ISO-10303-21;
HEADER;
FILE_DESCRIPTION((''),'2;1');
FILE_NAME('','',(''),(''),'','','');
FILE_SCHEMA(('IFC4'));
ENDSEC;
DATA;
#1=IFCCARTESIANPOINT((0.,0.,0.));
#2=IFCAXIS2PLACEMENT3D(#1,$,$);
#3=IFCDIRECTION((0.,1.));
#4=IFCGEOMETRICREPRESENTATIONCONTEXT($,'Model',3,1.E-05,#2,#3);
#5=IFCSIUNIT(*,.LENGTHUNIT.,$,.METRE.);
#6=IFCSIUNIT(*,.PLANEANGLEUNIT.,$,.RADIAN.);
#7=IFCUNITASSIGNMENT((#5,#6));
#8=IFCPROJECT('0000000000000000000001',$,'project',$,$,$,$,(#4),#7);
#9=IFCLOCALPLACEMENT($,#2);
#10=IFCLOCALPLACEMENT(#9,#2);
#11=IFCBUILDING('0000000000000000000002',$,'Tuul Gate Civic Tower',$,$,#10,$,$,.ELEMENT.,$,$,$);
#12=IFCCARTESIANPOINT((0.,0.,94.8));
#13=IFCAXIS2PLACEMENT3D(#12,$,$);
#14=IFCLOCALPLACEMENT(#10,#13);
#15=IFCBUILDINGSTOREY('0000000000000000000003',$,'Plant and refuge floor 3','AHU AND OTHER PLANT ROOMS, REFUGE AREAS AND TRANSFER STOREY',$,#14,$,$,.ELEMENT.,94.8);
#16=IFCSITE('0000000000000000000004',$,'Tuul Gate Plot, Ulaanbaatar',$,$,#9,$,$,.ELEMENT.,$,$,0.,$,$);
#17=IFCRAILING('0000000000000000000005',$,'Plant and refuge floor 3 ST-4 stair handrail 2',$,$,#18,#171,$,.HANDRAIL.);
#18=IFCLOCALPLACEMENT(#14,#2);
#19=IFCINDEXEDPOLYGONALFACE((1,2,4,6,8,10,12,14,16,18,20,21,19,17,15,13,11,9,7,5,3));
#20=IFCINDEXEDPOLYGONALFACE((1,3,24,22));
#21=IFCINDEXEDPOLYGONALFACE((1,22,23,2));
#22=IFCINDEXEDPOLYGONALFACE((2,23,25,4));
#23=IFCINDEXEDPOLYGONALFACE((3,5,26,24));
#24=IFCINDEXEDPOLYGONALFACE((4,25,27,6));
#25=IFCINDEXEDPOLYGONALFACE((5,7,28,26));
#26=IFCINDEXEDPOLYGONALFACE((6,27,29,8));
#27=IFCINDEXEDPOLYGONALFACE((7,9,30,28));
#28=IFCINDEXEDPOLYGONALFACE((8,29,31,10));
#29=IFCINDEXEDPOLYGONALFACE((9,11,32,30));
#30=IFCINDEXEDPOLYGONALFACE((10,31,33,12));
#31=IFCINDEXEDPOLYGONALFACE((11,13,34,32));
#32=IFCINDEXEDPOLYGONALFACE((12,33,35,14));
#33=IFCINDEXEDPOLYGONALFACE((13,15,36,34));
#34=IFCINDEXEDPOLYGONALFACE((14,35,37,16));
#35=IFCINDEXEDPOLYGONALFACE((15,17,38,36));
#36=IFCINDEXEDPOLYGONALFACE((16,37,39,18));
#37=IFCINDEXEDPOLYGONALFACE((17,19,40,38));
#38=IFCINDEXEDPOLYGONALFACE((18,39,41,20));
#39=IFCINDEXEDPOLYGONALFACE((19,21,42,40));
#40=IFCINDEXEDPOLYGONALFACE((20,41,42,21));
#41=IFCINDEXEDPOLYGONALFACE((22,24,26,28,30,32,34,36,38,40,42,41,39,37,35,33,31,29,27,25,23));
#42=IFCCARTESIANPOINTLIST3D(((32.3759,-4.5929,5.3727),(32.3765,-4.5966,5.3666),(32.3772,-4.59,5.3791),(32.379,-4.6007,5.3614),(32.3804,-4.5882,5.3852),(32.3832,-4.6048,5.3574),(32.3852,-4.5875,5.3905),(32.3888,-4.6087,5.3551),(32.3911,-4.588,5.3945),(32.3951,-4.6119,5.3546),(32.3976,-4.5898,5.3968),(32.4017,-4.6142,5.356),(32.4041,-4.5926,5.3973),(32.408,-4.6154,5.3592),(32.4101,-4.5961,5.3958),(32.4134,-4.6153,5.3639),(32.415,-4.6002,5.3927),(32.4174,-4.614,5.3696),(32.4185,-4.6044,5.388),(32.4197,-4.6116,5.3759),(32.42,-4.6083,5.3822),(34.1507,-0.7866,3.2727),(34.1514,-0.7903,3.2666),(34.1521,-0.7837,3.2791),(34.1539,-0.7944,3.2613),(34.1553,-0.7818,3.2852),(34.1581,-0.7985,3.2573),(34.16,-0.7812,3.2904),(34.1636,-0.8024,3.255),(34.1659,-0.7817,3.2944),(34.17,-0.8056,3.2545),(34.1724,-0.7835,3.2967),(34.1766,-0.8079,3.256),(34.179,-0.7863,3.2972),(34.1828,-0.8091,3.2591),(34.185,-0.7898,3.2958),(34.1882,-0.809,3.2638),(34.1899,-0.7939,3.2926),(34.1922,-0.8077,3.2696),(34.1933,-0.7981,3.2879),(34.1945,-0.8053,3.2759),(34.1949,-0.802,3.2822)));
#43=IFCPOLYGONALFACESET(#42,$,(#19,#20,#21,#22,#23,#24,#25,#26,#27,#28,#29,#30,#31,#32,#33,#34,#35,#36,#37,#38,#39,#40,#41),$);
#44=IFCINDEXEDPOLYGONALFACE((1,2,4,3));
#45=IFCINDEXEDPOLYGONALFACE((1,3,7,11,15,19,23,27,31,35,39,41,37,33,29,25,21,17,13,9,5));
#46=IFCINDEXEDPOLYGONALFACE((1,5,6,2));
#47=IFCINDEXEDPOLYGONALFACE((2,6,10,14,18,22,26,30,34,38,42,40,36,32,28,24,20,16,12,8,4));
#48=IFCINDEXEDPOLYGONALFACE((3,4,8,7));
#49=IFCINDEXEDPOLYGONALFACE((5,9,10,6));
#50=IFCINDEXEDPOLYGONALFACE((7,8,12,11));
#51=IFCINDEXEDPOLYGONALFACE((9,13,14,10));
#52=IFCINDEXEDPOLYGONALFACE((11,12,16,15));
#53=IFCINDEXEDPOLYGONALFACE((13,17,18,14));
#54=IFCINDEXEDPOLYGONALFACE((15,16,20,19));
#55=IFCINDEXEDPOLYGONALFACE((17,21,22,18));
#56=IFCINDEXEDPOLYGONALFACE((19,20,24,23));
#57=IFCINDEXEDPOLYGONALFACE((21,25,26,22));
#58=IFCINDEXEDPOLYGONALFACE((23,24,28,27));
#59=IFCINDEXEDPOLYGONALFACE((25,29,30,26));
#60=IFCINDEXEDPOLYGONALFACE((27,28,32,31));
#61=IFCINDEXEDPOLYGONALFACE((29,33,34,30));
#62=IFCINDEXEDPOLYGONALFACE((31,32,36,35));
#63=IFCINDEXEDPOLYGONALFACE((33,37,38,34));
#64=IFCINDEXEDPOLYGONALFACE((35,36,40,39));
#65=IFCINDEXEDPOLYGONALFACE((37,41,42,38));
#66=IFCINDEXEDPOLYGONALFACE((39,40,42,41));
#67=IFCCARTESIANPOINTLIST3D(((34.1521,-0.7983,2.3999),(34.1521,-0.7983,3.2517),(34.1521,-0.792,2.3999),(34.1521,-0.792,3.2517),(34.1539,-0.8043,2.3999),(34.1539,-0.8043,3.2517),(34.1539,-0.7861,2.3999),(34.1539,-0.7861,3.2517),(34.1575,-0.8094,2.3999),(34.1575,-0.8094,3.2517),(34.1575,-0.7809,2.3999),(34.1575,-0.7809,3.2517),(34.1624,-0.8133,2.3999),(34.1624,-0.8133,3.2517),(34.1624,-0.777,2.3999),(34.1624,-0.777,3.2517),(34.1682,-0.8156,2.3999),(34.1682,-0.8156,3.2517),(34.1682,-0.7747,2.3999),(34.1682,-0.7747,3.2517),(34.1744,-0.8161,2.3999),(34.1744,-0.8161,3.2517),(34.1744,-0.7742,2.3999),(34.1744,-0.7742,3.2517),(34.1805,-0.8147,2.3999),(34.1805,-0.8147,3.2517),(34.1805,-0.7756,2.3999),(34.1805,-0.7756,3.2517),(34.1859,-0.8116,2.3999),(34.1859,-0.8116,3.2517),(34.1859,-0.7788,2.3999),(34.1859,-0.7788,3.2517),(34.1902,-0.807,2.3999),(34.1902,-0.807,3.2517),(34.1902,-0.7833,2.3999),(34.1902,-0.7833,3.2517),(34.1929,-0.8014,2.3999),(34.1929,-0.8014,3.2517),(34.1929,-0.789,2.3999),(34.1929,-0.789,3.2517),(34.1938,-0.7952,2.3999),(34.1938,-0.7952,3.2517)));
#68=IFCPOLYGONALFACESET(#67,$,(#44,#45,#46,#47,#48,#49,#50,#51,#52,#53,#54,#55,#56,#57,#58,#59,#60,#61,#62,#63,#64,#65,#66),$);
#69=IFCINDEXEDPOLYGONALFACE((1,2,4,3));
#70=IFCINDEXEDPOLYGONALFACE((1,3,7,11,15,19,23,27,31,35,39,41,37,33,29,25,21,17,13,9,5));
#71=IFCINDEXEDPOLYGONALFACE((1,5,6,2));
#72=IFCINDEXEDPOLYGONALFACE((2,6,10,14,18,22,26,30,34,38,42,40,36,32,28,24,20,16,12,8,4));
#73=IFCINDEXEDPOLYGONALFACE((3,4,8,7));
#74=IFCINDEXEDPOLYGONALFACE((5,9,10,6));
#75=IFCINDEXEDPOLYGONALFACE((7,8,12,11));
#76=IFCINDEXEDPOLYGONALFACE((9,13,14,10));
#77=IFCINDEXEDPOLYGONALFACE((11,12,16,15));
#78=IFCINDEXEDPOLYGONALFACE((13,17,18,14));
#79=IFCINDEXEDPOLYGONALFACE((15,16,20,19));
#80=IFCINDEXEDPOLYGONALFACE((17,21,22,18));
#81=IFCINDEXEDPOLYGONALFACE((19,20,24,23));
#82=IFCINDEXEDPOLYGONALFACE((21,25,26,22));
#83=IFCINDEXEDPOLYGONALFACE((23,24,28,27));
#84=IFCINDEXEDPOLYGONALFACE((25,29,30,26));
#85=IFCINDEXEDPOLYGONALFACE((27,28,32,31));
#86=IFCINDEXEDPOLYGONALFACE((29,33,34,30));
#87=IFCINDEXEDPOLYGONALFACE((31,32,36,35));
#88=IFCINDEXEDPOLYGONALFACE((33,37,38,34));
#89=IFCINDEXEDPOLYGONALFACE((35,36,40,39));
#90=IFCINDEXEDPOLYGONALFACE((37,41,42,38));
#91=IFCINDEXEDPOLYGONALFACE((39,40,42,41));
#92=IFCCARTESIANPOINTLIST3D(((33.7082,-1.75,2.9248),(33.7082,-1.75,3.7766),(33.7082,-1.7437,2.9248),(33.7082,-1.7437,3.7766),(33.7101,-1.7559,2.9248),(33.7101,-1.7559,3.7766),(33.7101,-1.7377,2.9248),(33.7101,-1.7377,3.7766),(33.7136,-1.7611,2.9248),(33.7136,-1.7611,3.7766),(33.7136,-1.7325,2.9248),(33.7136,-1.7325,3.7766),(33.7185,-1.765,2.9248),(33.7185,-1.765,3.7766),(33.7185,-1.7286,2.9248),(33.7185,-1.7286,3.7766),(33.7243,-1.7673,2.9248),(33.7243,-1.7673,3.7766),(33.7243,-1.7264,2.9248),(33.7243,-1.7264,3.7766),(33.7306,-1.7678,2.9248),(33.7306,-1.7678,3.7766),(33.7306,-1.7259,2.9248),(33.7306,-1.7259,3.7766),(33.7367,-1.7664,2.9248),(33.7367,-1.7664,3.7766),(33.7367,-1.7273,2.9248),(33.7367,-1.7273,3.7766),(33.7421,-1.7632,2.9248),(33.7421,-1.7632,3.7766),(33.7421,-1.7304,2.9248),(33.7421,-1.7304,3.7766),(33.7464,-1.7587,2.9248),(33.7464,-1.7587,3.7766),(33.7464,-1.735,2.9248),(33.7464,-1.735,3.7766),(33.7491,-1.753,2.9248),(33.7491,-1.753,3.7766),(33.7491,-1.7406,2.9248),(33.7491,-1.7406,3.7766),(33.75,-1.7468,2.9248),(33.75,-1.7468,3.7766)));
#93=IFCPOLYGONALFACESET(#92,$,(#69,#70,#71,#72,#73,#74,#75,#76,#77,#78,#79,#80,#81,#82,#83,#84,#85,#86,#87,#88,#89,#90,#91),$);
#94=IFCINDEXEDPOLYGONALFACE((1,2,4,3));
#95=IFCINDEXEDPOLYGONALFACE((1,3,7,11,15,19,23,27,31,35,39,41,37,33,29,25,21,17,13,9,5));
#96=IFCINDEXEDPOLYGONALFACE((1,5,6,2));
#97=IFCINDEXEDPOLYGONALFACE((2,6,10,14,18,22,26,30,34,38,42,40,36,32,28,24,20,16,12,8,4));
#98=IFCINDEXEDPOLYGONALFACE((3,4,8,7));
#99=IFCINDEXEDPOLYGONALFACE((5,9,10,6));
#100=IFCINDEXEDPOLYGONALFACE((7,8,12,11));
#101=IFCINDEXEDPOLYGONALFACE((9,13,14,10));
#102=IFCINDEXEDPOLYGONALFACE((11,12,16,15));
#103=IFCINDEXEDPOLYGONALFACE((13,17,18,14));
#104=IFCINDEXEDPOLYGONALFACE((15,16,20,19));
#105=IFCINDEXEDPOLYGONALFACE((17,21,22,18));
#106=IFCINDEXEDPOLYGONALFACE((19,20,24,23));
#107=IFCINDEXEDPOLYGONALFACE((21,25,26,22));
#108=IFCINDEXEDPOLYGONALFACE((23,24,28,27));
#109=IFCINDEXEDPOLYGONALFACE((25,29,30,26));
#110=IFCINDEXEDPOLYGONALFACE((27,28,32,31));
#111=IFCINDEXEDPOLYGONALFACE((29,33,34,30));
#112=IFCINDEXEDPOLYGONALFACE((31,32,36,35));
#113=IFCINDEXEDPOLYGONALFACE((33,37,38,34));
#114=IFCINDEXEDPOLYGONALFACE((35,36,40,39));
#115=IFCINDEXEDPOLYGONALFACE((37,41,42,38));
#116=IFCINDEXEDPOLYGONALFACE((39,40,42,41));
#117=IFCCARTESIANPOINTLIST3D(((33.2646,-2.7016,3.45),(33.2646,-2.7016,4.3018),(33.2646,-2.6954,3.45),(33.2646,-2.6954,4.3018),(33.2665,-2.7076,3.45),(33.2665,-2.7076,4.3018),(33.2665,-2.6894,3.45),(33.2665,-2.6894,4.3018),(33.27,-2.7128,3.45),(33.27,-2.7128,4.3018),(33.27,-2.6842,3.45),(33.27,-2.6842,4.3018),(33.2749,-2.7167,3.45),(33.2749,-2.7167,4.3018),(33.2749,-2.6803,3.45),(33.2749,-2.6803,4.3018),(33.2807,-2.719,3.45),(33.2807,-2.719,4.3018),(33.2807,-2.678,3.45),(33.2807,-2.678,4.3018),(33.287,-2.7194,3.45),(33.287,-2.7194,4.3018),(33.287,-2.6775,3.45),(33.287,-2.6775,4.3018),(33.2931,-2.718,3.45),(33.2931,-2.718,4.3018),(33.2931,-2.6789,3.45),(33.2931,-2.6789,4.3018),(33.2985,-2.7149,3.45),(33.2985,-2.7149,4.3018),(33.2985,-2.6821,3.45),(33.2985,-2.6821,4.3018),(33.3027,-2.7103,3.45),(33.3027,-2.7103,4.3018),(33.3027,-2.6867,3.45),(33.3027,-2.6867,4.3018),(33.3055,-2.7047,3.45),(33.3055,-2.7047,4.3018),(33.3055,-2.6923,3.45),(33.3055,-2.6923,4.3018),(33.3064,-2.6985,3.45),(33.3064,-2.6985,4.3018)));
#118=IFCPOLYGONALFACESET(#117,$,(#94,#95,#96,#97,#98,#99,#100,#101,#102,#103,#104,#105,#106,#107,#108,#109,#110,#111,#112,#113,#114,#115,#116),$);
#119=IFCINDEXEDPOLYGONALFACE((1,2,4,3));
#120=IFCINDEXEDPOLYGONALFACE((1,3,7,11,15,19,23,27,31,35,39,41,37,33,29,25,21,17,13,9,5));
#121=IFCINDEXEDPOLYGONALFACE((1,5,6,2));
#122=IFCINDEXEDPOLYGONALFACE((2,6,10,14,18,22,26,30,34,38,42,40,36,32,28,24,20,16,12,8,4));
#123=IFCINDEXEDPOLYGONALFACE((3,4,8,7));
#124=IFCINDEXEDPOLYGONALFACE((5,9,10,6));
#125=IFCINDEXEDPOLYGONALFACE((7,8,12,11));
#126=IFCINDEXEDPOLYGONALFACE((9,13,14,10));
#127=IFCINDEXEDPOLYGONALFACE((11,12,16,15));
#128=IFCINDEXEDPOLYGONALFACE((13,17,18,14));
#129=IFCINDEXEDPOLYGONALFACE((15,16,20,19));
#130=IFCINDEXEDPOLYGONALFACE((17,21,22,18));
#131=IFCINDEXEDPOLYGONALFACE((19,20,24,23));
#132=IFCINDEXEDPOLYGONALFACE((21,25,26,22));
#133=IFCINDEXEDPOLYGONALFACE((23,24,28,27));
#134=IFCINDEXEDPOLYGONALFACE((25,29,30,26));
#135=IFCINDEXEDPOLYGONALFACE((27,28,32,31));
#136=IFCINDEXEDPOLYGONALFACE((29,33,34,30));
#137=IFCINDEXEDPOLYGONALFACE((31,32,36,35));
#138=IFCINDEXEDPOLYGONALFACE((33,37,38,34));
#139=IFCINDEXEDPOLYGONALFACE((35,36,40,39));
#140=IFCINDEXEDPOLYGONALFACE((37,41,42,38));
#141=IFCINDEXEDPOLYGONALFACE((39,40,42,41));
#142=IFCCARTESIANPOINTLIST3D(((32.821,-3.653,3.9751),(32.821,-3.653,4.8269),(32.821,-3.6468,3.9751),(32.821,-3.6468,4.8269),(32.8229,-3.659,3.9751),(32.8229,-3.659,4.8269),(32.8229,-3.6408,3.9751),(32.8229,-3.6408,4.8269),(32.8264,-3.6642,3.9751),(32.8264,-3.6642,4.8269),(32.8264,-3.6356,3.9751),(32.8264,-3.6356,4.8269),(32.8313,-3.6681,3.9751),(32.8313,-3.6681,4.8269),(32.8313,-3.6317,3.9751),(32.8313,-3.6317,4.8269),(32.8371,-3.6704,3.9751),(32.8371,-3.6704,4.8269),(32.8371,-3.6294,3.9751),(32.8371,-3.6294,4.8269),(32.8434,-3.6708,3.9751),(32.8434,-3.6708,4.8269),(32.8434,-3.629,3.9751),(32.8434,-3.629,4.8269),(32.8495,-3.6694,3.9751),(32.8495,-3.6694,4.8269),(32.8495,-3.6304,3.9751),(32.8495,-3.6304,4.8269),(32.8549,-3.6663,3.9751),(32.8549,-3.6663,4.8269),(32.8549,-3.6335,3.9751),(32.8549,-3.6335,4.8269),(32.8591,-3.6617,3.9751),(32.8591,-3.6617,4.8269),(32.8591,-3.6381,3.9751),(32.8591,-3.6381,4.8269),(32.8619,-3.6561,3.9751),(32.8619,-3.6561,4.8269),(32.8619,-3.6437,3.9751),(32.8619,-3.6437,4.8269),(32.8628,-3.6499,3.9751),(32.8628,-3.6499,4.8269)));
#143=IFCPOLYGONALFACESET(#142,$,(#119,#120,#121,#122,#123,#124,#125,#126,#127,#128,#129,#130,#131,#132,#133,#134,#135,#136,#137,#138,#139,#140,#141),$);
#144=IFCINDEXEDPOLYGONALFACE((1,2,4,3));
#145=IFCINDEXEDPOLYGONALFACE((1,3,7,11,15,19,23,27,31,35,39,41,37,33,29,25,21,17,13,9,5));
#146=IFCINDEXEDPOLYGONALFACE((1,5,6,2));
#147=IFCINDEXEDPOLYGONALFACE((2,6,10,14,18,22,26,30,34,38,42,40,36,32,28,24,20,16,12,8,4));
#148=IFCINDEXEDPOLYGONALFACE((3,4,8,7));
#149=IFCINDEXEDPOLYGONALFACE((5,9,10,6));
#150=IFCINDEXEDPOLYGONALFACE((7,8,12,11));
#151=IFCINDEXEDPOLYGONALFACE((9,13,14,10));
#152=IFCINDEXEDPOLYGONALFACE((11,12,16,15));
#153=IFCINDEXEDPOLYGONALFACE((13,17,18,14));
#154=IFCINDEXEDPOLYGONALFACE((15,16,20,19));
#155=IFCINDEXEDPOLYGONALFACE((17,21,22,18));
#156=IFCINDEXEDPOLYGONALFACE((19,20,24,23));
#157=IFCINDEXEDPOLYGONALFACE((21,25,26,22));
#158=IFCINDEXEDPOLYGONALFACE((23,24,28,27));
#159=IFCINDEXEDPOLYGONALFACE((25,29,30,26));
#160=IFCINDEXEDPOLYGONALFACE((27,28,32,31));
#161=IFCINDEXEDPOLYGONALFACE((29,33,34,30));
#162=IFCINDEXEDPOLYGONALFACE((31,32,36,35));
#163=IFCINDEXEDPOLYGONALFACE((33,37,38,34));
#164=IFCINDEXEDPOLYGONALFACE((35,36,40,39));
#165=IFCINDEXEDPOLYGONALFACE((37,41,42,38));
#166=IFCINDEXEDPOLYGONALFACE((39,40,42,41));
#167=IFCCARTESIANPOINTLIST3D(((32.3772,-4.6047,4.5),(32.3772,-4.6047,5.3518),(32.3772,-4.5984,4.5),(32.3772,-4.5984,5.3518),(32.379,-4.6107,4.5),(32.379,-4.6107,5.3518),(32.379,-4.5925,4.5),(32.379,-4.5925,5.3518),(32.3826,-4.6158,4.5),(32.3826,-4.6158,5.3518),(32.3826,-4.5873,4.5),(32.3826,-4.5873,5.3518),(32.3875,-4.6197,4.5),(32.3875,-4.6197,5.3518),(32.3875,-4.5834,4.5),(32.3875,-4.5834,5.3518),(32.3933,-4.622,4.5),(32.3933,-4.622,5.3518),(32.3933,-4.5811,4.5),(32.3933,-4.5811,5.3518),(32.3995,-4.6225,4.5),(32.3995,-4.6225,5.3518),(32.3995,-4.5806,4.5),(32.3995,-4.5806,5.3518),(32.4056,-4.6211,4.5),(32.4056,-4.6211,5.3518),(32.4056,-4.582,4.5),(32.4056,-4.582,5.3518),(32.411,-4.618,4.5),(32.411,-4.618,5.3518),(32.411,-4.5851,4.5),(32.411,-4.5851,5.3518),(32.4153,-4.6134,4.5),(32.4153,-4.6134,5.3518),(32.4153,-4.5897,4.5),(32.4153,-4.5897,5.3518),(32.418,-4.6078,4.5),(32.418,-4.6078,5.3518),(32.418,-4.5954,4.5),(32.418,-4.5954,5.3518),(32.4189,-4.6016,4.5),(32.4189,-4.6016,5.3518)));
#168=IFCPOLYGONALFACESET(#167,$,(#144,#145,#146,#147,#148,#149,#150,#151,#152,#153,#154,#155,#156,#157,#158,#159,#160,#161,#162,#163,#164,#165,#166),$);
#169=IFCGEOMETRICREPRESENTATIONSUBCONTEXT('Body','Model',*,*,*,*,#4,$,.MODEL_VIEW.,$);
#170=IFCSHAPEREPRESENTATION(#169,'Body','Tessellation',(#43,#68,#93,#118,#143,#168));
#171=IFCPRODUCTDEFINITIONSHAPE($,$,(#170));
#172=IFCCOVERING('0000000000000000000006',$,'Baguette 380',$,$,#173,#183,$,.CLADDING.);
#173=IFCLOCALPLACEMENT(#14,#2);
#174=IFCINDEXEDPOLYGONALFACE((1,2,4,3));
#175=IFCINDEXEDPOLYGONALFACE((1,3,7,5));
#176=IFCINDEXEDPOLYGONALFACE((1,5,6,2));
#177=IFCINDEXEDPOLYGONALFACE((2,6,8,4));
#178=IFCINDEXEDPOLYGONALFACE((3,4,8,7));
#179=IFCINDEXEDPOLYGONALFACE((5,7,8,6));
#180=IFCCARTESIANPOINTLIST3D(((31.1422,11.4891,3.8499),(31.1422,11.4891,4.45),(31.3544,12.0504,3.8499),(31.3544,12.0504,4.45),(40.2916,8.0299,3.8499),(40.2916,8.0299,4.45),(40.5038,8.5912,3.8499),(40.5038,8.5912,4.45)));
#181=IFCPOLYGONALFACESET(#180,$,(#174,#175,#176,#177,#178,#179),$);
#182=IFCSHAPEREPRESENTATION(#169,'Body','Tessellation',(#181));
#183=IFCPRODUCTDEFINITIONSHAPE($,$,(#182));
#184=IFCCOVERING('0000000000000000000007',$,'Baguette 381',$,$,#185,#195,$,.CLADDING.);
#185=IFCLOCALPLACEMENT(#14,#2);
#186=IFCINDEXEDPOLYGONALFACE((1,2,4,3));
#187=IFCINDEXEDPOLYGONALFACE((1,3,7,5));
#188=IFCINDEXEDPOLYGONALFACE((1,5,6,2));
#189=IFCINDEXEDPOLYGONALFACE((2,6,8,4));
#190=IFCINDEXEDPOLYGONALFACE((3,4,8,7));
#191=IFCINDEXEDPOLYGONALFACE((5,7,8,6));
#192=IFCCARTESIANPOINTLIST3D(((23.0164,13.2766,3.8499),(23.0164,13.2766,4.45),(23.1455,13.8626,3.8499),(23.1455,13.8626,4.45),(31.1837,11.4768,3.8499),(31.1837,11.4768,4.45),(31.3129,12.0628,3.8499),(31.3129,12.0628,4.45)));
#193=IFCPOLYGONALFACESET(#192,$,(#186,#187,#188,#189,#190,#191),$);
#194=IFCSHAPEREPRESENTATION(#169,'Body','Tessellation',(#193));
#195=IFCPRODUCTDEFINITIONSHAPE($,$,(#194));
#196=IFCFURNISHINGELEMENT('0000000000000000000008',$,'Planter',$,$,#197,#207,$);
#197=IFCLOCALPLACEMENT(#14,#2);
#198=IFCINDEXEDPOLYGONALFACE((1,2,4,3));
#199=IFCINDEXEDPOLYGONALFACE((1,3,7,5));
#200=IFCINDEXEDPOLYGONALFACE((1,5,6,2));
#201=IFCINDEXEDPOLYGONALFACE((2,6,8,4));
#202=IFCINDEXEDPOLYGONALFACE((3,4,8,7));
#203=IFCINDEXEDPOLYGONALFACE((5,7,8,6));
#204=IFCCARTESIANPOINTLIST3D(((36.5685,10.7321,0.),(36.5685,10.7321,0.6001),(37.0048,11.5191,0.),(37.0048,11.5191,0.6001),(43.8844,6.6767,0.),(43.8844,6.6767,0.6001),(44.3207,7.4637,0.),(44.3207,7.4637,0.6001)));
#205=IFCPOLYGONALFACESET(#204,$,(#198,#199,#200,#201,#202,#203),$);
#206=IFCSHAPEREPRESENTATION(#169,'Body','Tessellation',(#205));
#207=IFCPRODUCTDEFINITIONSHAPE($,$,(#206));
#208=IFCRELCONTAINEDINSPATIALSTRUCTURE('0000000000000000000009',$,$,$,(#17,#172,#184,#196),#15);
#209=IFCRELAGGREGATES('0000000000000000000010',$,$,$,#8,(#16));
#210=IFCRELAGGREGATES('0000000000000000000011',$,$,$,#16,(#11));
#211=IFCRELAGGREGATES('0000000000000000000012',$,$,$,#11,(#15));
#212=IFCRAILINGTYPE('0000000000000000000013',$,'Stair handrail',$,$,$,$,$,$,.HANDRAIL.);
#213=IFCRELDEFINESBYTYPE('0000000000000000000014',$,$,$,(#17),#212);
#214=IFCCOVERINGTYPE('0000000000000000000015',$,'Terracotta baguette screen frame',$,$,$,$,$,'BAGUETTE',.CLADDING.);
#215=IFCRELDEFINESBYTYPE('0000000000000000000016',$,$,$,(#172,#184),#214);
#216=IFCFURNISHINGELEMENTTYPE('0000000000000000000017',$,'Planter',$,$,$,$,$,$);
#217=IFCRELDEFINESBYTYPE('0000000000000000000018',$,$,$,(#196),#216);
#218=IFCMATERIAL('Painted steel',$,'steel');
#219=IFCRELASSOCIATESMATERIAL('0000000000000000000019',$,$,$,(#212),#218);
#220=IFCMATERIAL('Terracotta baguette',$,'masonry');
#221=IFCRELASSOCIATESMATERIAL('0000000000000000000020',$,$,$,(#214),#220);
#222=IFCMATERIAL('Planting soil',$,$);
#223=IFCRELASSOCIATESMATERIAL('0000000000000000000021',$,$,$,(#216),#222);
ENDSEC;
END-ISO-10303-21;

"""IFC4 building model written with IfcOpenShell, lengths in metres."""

from ifc_helpers import new_model, si_unit, direction, frame, origin, origin_2d, place, context, subcontext, project, spatial, rectangle, circle, extrude, material, material_profile, profile_set, type_object, element, save


model = new_model("IFC4")

# Units and contexts
model_context = context("Model", 3, precision=1e-05, world=origin(), true_north=direction((0.0, 1.0)))
body_context = subcontext(model_context, "Body", "Model", "MODEL_VIEW")
ifc_project = project(units=[si_unit("LENGTHUNIT", "METRE"), si_unit("PLANEANGLEUNIT", "RADIAN")], contexts=[model_context])

# Site, building, storey
site_placement = place(None, origin())
site = spatial("IfcSite", under=ifc_project, at=site_placement, Name="Tuul Gate Plot, Ulaanbaatar", CompositionType="ELEMENT", RefElevation=0.0)
building_placement = place(site_placement, origin())
building = spatial("IfcBuilding", under=site, at=building_placement, Name="Tuul Gate Civic Tower", CompositionType="ELEMENT")
storey_placement = place(building_placement, frame((0.0, 0.0, 94.8)))
storey = spatial("IfcBuildingStorey", under=building, at=storey_placement, Name="Plant and refuge floor 3", Description="AHU AND OTHER PLANT ROOMS, REFUGE AREAS AND TRANSFER STOREY", CompositionType="ELEMENT", Elevation=94.8)

# Railing
ifc_material_1 = material(Name="Painted steel", Category="steel")
railing_type = type_object("IfcRailingType", Name="Stair handrail", PredefinedType="HANDRAIL", material=ifc_material_1)
railing_placement = place(storey_placement, frame((34.1729, -0.7952, 2.3999)))
element("IfcRailing", 1, at=railing_placement, inside=storey, type_object=railing_type, Name="Plant and refuge floor 3 ST-4 stair handrail 2", PredefinedType="HANDRAIL", context=body_context, shape_type="SweptSolid", body=[
    extrude(circle(Radius=0.0239, at=origin_2d()), frame((0.0, 0.0, 0.876), z_axis=(-0.377987, -0.810618, 0.447241), x_axis=(0.906312, -0.422609, 0.0)), (0.0, 0.0, 1.0), 4.6956),
    extrude(circle(Radius=0.021, at=origin_2d()), origin(), (0.0, 0.0, 1.0), 0.8518),
    extrude(circle(Radius=0.021, at=origin_2d()), frame((-0.4438, -0.9517, 0.5249)), (0.0, 0.0, 1.0), 0.8518),
    extrude(circle(Radius=0.021, at=origin_2d()), frame((-0.8875, -1.9033, 1.05)), (0.0, 0.0, 1.0), 0.8518),
    extrude(circle(Radius=0.021, at=origin_2d()), frame((-1.3311, -2.8547, 1.5752)), (0.0, 0.0, 1.0), 0.8518),
    extrude(circle(Radius=0.021, at=origin_2d()), frame((-1.7749, -3.8064, 2.1001)), (0.0, 0.0, 1.0), 0.8518),
])

# Coverings
ifc_material_2 = material(Name="Terracotta baguette", Category="masonry")
ifc_material_profile_1 = material_profile(ifc_material_2, rectangle(XDim=0.6001, YDim=0.6001, at=origin_2d()), Name="Terracotta baguette screen frame")
ifc_profile_set_1 = profile_set([ifc_material_profile_1], Name="Terracotta baguette")
covering_type = type_object("IfcCoveringType", Name="Terracotta baguette screen frame", ElementType="BAGUETTE", PredefinedType="CLADDING", material=ifc_profile_set_1)
covering_1_placement = place(storey_placement, frame((40.3977, 8.3105, 4.1499), z_axis=(-0.935378, 0.35365, 0.0), x_axis=(-0.35365, -0.935378, 0.0)))
element("IfcCovering", 2, at=covering_1_placement, inside=storey, type_object=covering_type, Name="Baguette 380", PredefinedType="CLADDING", context=body_context, shape_type="SweptSolid", body=[
    extrude(rectangle(XDim=0.6001, YDim=0.6001, at=origin_2d()), origin(), (0.0, 0.0, 1.0), 9.7815),
])
covering_2_placement = place(storey_placement, frame((31.2483, 11.7698, 4.1499), z_axis=(-0.976569, 0.215205, 0.0), x_axis=(-0.215205, -0.976569, 0.0)))
element("IfcCovering", 3, at=covering_2_placement, inside=storey, type_object=covering_type, Name="Baguette 381", PredefinedType="CLADDING", context=body_context, shape_type="SweptSolid", body=[
    extrude(rectangle(XDim=0.6001, YDim=0.6001, at=origin_2d()), origin(), (0.0, 0.0, 1.0), 8.3633),
])

# Furnishing element
ifc_material_3 = material(Name="Planting soil")
furnishing_element_type = type_object("IfcFurnishingElementType", Name="Planter", material=ifc_material_3)
furnishing_placement = place(storey_placement, frame((40.4446, 9.0979, 0.0), z_axis=(0.0, 0.0, 1.0), x_axis=(-0.874613, 0.484822, 0.0)))
element("IfcFurnishingElement", 4, at=furnishing_placement, inside=storey, type_object=furnishing_element_type, Name="Planter", context=body_context, shape_type="SweptSolid", body=[
    extrude(rectangle(XDim=8.3647, YDim=0.8999, at=origin_2d()), origin(), (0.0, 0.0, 1.0), 0.6001),
])

save(model, "model.ifc")
